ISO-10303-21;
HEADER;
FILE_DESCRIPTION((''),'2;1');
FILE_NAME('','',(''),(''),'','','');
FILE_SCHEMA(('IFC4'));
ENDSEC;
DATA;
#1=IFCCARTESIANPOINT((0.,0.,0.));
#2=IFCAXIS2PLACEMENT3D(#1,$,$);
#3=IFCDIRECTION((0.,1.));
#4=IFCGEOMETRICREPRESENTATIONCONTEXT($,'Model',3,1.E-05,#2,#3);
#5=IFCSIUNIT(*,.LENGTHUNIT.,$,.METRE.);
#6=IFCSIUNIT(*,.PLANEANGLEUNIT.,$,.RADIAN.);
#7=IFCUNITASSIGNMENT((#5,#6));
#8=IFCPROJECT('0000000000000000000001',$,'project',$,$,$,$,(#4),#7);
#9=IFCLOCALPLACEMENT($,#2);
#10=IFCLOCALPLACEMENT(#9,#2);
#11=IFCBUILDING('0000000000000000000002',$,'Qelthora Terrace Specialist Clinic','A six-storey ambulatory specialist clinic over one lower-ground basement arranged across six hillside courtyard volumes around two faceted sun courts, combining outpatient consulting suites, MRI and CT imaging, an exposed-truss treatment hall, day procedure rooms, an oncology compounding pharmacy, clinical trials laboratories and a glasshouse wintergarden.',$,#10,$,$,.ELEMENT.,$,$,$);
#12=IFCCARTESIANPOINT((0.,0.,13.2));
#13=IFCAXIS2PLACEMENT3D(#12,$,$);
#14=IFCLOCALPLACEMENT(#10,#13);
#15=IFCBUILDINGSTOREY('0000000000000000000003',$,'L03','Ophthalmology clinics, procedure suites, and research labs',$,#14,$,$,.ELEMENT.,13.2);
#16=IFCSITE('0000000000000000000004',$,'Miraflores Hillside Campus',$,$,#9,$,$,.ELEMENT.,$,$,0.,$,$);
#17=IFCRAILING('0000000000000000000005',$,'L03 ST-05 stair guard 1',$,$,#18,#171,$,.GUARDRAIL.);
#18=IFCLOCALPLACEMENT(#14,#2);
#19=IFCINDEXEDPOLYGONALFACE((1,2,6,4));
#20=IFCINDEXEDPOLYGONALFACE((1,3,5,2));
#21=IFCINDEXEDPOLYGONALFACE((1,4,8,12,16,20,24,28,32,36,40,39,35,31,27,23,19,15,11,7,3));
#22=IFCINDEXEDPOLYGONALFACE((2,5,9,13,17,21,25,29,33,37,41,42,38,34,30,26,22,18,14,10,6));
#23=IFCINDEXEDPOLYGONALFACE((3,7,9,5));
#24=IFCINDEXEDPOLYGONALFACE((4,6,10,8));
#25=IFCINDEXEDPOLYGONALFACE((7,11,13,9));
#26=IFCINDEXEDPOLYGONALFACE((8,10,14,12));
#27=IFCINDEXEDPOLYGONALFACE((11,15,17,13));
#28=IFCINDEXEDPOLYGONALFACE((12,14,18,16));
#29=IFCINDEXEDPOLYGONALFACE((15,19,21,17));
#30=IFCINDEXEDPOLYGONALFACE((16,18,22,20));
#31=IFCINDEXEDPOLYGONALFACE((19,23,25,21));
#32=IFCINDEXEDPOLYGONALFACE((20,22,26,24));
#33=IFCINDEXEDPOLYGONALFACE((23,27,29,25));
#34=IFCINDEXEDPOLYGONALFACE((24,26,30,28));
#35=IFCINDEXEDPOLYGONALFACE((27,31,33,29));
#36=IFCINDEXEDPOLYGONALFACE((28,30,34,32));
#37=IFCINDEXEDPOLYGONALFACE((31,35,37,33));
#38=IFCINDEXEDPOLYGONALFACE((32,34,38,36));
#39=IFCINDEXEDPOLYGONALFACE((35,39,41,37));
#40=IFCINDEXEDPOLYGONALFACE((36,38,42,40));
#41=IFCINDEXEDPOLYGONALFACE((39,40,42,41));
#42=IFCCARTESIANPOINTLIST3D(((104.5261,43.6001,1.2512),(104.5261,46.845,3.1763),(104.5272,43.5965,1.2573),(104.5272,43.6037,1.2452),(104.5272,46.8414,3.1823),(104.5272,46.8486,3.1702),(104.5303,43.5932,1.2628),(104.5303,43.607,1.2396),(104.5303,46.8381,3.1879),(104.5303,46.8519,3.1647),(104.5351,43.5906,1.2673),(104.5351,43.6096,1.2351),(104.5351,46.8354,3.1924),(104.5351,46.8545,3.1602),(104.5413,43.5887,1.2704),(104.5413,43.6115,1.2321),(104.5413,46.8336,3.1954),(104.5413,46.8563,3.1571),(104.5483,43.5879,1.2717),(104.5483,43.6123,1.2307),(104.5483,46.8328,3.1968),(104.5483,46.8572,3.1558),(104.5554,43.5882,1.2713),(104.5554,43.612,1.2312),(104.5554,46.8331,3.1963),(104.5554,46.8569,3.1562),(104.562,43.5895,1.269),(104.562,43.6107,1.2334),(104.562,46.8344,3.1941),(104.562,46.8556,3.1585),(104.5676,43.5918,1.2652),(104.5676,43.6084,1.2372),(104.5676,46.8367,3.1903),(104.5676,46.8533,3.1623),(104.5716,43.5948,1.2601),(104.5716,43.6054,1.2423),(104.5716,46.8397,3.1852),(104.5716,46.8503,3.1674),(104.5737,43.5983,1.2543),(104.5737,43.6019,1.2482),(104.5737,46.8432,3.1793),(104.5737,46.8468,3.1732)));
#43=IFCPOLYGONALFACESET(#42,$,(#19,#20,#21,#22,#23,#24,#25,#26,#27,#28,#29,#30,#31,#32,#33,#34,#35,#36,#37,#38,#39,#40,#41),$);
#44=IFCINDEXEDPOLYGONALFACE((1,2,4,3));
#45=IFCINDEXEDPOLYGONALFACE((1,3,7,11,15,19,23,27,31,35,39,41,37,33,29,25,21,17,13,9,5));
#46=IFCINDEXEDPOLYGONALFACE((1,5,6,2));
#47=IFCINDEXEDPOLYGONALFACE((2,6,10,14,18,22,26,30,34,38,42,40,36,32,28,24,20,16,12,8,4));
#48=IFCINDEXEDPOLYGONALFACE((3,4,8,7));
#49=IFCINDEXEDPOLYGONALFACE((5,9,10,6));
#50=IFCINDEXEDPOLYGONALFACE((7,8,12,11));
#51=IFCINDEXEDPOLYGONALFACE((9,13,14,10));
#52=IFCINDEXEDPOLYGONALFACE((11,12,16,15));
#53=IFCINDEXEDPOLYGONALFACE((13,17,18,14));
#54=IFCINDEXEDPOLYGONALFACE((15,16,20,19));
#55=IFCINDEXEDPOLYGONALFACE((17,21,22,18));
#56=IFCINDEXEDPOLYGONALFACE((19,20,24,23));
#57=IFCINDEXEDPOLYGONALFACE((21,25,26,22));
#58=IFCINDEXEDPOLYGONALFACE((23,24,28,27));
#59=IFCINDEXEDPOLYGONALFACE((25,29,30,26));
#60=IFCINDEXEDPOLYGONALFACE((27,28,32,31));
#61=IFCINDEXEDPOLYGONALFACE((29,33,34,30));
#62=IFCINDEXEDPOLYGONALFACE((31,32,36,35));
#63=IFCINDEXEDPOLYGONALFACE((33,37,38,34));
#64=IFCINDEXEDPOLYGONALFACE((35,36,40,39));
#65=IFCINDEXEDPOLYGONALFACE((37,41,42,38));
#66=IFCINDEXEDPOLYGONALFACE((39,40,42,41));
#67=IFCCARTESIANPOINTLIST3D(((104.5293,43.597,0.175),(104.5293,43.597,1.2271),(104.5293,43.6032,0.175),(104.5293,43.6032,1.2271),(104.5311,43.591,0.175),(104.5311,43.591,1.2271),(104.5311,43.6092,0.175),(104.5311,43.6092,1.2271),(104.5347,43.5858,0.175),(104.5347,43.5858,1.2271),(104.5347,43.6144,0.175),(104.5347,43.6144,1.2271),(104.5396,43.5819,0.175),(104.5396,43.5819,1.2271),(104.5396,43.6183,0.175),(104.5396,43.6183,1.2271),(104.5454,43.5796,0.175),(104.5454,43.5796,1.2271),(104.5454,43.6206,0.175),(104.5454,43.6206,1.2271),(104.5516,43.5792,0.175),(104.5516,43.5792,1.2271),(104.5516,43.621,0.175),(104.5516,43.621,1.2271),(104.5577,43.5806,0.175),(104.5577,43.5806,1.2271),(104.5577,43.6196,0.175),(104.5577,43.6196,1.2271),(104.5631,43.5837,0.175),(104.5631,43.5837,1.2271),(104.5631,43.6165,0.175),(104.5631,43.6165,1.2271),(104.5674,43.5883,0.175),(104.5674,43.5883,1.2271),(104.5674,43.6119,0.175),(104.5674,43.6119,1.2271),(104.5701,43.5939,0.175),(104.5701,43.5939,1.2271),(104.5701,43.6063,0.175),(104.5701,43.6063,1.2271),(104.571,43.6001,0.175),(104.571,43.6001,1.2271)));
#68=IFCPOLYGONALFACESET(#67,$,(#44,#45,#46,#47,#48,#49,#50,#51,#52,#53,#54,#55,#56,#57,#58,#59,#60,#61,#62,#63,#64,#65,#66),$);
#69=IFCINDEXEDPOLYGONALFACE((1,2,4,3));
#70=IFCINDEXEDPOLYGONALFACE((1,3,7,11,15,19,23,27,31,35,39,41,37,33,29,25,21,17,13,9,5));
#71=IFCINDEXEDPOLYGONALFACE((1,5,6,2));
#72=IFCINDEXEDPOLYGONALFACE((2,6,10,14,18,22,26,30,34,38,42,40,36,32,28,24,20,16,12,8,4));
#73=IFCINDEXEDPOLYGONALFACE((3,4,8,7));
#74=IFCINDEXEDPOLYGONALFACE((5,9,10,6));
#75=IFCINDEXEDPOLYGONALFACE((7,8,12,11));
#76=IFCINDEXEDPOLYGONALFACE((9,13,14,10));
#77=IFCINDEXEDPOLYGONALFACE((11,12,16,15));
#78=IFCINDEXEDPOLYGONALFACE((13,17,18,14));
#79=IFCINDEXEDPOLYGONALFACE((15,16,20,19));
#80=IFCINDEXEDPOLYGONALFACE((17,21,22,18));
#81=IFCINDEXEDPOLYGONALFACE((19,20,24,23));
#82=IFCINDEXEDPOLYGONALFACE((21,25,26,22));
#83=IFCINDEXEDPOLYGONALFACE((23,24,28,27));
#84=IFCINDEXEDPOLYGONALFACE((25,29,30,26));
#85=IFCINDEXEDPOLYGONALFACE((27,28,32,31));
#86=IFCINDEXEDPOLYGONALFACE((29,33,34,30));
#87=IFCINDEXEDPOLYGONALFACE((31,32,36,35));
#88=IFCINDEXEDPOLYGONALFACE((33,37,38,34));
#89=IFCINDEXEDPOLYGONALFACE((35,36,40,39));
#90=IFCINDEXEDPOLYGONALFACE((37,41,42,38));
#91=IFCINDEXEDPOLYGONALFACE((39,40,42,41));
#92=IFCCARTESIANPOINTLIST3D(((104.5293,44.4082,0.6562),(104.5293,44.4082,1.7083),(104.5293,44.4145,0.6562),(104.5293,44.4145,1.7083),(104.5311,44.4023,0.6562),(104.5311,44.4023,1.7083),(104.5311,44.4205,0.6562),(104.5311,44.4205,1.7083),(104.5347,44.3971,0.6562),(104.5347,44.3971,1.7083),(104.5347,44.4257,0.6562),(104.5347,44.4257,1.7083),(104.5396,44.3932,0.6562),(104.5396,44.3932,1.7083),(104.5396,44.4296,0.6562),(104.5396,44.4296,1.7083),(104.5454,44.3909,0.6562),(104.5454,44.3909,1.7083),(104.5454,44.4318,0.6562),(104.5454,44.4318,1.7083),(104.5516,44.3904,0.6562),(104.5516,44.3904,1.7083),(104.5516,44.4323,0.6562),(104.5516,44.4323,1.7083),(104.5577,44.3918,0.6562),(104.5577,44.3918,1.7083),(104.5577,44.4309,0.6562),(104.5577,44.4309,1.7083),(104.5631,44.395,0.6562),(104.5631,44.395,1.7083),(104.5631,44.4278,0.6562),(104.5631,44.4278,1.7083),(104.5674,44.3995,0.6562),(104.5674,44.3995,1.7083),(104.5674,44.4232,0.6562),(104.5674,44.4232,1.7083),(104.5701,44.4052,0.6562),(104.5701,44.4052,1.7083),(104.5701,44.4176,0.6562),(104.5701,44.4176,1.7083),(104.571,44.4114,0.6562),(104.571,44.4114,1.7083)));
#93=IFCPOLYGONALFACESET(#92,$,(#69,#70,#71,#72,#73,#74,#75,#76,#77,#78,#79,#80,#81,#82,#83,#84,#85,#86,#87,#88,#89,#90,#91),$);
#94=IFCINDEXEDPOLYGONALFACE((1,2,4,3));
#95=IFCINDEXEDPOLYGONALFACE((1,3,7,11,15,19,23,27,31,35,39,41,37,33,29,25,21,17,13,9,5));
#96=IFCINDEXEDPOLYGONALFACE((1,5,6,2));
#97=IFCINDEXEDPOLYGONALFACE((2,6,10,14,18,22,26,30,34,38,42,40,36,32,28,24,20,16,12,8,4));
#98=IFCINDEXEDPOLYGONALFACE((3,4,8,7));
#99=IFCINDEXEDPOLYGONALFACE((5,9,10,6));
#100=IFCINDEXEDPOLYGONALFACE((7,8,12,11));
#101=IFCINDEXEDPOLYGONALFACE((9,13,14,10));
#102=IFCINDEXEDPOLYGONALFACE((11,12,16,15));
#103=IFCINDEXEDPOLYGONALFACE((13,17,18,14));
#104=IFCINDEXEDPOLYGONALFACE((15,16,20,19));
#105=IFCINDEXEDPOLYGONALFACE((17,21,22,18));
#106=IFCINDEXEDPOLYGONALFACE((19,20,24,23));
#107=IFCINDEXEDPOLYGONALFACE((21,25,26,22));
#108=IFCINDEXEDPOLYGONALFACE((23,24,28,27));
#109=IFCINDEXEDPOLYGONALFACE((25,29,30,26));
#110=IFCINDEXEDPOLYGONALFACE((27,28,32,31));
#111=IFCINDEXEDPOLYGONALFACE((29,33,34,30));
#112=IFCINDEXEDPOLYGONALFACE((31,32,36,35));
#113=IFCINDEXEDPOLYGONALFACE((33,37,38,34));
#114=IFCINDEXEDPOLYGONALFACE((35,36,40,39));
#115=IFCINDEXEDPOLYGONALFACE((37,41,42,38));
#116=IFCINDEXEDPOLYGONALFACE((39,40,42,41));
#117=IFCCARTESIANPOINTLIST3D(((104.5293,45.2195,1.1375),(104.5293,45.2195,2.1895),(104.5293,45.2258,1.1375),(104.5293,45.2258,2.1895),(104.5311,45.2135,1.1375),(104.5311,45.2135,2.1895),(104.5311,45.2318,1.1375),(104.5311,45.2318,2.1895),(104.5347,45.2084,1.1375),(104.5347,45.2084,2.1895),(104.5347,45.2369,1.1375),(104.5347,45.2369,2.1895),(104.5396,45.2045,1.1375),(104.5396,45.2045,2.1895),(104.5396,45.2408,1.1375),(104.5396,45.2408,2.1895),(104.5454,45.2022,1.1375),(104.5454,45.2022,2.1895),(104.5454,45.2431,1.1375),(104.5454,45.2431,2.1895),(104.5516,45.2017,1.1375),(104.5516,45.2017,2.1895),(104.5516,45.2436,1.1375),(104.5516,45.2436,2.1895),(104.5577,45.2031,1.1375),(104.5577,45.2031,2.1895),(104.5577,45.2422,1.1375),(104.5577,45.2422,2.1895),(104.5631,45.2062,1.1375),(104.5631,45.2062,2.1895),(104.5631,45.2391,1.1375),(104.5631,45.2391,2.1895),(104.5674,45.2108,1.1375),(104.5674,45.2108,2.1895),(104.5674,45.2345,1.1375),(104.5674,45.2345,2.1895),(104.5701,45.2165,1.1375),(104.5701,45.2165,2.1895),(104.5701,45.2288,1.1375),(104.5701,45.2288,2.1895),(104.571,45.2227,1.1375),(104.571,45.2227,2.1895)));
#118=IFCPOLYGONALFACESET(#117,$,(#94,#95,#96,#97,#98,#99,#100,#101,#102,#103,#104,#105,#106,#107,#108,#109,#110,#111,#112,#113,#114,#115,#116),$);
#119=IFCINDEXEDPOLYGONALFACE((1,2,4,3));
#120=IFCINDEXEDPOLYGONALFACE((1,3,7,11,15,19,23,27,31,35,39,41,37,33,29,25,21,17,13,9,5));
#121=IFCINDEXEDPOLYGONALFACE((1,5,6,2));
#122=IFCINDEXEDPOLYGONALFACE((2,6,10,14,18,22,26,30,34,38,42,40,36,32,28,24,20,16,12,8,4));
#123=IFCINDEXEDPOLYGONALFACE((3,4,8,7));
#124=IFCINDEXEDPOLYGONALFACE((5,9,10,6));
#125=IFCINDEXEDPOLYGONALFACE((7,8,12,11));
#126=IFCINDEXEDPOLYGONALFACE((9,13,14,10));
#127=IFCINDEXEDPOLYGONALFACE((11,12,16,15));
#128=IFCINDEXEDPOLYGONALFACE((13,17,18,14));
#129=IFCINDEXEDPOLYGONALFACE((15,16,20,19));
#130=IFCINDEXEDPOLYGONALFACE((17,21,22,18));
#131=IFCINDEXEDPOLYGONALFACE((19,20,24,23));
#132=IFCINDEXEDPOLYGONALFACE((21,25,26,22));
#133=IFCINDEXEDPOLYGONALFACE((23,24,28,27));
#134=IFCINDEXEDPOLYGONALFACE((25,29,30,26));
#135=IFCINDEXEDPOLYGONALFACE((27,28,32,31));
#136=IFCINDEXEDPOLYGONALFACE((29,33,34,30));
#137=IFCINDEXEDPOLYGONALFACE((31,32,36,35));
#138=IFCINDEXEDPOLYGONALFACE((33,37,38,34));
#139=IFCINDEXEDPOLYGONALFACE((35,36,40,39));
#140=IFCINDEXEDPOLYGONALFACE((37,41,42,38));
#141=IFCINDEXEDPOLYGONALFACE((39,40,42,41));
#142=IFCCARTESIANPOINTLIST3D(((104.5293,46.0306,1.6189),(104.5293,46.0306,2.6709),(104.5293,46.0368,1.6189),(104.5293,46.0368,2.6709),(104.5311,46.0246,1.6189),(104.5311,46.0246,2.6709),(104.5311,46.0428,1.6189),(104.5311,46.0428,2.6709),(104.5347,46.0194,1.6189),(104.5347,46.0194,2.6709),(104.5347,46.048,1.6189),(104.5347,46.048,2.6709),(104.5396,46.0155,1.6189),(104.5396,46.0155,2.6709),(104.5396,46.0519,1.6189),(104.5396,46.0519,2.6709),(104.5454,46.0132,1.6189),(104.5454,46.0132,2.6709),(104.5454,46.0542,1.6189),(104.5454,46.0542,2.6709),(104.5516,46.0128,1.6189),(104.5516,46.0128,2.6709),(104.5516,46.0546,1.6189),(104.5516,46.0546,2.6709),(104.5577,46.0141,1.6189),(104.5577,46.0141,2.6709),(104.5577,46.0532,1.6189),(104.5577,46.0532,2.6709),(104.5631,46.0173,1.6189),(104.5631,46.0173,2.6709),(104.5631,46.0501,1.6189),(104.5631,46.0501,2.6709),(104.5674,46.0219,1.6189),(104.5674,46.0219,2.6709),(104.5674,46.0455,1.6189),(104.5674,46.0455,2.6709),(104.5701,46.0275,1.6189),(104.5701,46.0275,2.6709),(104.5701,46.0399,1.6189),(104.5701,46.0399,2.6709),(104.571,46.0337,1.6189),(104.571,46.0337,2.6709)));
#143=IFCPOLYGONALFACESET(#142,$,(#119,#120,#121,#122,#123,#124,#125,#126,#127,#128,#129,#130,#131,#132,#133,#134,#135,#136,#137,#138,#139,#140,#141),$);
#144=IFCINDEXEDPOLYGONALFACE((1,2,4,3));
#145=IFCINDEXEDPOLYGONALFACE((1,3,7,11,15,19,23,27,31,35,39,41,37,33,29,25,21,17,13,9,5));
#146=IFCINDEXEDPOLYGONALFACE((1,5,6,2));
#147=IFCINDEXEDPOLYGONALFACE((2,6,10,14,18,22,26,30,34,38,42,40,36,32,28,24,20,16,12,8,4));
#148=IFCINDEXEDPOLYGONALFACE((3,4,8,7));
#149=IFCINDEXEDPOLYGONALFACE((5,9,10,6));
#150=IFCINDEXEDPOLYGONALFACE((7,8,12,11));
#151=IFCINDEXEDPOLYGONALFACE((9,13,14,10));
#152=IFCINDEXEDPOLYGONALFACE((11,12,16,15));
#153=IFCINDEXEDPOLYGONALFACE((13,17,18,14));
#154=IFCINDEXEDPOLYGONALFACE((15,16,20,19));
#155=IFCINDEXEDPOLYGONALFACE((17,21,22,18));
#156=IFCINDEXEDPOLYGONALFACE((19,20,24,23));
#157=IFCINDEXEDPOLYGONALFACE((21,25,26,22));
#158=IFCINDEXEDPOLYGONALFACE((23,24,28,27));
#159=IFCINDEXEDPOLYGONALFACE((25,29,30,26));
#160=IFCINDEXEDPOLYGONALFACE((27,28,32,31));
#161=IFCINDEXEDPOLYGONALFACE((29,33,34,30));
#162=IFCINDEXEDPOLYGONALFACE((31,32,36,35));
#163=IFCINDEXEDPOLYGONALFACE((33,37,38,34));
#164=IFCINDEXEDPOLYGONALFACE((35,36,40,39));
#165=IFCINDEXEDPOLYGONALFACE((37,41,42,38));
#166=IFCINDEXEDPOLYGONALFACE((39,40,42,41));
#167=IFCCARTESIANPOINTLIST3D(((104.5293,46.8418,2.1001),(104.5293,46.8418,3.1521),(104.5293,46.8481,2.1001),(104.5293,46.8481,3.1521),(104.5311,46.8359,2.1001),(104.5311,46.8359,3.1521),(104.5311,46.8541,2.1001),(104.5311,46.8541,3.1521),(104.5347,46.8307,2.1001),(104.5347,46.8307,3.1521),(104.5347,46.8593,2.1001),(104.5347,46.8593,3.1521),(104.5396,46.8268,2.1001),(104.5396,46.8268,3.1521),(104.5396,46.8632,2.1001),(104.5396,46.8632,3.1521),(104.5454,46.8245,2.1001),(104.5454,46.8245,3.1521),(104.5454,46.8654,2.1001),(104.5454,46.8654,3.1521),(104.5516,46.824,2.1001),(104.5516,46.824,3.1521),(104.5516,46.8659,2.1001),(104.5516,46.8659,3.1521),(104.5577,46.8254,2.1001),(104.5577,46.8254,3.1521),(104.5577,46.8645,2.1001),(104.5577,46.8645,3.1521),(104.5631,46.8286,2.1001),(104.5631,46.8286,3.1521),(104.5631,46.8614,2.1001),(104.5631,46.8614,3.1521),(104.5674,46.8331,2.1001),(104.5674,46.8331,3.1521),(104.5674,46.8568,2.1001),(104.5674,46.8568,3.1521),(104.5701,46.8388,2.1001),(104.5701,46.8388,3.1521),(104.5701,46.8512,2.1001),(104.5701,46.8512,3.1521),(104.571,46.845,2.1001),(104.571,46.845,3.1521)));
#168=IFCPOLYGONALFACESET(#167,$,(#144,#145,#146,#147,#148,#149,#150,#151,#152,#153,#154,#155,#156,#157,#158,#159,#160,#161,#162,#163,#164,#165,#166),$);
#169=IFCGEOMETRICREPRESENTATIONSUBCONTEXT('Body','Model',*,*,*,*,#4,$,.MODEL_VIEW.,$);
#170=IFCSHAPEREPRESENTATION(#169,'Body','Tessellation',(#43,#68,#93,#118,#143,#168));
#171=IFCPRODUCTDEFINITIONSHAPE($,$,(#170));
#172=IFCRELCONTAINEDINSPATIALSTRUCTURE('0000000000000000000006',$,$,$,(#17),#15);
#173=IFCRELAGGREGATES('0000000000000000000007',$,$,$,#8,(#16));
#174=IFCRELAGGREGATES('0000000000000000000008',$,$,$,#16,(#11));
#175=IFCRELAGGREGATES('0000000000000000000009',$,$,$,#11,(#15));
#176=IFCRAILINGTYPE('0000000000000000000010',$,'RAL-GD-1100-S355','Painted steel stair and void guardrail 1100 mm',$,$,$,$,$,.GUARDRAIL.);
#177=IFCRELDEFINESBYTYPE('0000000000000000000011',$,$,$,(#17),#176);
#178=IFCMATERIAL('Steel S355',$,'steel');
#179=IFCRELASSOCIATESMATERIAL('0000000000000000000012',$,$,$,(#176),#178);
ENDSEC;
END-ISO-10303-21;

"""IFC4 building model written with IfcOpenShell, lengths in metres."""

from ifc_helpers import new_model, si_unit, direction, frame, origin, origin_2d, place, context, subcontext, project, spatial, circle, extrude, material, type_object, element, save


model = new_model("IFC4")

# Units and contexts
model_context = context("Model", 3, precision=1e-05, world=origin(), true_north=direction((0.0, 1.0)))
body_context = subcontext(model_context, "Body", "Model", "MODEL_VIEW")
ifc_project = project(units=[si_unit("LENGTHUNIT", "METRE"), si_unit("PLANEANGLEUNIT", "RADIAN")], contexts=[model_context])

# Site, building, storey
site_placement = place(None, origin())
site = spatial("IfcSite", under=ifc_project, at=site_placement, Name="Miraflores Hillside Campus", CompositionType="ELEMENT", RefElevation=0.0)
building_placement = place(site_placement, origin())
building = spatial("IfcBuilding", under=site, at=building_placement, Name="Qelthora Terrace Specialist Clinic", Description="A six-storey ambulatory specialist clinic over one lower-ground basement arranged across six hillside courtyard volumes around two faceted sun courts, combining outpatient consulting suites, MRI and CT imaging, an exposed-truss treatment hall, day procedure rooms, an oncology compounding pharmacy, clinical trials laboratories and a glasshouse wintergarden.", CompositionType="ELEMENT")
storey_placement = place(building_placement, frame((0.0, 0.0, 13.2)))
storey = spatial("IfcBuildingStorey", under=building, at=storey_placement, Name="L03", Description="Ophthalmology clinics, procedure suites, and research labs", CompositionType="ELEMENT", Elevation=13.2)

# Shared definitions
ifc_material_1 = material(Name="Steel S355", Category="steel")

# Railing
railing_type_1 = type_object("IfcRailingType", Name="RAL-GD-1100-S355", Description="Painted steel stair and void guardrail 1100 mm", PredefinedType="GUARDRAIL", material=ifc_material_1)
railing_1_placement = place(storey_placement, frame((104.55, 43.6001, 0.175)))
element("IfcRailing", 1, at=railing_1_placement, inside=storey, type_object=railing_type_1, Name="L03 ST-05 stair guard 1", PredefinedType="GUARDRAIL", context=body_context, shape_type="SweptSolid", body=[
    extrude(circle(Radius=0.0239, at=origin_2d()), frame((0.0, 0.0, 1.0762), z_axis=(0.0, 0.86004, 0.510226), x_axis=(-1.0, 0.0, 0.0)), (0.0, 0.0, 1.0), 3.7729),
    extrude(circle(Radius=0.021, at=origin_2d()), origin(), (0.0, 0.0, 1.0), 1.052),
    extrude(circle(Radius=0.021, at=origin_2d()), frame((0.0, 0.8113, 0.4812)), (0.0, 0.0, 1.0), 1.052),
    extrude(circle(Radius=0.021, at=origin_2d()), frame((0.0, 1.6226, 0.9624)), (0.0, 0.0, 1.0), 1.052),
    extrude(circle(Radius=0.021, at=origin_2d()), frame((0.0, 2.4336, 1.4438)), (0.0, 0.0, 1.0), 1.052),
    extrude(circle(Radius=0.021, at=origin_2d()), frame((0.0, 3.2449, 1.925)), (0.0, 0.0, 1.0), 1.052),
])

save(model, "model.ifc")
